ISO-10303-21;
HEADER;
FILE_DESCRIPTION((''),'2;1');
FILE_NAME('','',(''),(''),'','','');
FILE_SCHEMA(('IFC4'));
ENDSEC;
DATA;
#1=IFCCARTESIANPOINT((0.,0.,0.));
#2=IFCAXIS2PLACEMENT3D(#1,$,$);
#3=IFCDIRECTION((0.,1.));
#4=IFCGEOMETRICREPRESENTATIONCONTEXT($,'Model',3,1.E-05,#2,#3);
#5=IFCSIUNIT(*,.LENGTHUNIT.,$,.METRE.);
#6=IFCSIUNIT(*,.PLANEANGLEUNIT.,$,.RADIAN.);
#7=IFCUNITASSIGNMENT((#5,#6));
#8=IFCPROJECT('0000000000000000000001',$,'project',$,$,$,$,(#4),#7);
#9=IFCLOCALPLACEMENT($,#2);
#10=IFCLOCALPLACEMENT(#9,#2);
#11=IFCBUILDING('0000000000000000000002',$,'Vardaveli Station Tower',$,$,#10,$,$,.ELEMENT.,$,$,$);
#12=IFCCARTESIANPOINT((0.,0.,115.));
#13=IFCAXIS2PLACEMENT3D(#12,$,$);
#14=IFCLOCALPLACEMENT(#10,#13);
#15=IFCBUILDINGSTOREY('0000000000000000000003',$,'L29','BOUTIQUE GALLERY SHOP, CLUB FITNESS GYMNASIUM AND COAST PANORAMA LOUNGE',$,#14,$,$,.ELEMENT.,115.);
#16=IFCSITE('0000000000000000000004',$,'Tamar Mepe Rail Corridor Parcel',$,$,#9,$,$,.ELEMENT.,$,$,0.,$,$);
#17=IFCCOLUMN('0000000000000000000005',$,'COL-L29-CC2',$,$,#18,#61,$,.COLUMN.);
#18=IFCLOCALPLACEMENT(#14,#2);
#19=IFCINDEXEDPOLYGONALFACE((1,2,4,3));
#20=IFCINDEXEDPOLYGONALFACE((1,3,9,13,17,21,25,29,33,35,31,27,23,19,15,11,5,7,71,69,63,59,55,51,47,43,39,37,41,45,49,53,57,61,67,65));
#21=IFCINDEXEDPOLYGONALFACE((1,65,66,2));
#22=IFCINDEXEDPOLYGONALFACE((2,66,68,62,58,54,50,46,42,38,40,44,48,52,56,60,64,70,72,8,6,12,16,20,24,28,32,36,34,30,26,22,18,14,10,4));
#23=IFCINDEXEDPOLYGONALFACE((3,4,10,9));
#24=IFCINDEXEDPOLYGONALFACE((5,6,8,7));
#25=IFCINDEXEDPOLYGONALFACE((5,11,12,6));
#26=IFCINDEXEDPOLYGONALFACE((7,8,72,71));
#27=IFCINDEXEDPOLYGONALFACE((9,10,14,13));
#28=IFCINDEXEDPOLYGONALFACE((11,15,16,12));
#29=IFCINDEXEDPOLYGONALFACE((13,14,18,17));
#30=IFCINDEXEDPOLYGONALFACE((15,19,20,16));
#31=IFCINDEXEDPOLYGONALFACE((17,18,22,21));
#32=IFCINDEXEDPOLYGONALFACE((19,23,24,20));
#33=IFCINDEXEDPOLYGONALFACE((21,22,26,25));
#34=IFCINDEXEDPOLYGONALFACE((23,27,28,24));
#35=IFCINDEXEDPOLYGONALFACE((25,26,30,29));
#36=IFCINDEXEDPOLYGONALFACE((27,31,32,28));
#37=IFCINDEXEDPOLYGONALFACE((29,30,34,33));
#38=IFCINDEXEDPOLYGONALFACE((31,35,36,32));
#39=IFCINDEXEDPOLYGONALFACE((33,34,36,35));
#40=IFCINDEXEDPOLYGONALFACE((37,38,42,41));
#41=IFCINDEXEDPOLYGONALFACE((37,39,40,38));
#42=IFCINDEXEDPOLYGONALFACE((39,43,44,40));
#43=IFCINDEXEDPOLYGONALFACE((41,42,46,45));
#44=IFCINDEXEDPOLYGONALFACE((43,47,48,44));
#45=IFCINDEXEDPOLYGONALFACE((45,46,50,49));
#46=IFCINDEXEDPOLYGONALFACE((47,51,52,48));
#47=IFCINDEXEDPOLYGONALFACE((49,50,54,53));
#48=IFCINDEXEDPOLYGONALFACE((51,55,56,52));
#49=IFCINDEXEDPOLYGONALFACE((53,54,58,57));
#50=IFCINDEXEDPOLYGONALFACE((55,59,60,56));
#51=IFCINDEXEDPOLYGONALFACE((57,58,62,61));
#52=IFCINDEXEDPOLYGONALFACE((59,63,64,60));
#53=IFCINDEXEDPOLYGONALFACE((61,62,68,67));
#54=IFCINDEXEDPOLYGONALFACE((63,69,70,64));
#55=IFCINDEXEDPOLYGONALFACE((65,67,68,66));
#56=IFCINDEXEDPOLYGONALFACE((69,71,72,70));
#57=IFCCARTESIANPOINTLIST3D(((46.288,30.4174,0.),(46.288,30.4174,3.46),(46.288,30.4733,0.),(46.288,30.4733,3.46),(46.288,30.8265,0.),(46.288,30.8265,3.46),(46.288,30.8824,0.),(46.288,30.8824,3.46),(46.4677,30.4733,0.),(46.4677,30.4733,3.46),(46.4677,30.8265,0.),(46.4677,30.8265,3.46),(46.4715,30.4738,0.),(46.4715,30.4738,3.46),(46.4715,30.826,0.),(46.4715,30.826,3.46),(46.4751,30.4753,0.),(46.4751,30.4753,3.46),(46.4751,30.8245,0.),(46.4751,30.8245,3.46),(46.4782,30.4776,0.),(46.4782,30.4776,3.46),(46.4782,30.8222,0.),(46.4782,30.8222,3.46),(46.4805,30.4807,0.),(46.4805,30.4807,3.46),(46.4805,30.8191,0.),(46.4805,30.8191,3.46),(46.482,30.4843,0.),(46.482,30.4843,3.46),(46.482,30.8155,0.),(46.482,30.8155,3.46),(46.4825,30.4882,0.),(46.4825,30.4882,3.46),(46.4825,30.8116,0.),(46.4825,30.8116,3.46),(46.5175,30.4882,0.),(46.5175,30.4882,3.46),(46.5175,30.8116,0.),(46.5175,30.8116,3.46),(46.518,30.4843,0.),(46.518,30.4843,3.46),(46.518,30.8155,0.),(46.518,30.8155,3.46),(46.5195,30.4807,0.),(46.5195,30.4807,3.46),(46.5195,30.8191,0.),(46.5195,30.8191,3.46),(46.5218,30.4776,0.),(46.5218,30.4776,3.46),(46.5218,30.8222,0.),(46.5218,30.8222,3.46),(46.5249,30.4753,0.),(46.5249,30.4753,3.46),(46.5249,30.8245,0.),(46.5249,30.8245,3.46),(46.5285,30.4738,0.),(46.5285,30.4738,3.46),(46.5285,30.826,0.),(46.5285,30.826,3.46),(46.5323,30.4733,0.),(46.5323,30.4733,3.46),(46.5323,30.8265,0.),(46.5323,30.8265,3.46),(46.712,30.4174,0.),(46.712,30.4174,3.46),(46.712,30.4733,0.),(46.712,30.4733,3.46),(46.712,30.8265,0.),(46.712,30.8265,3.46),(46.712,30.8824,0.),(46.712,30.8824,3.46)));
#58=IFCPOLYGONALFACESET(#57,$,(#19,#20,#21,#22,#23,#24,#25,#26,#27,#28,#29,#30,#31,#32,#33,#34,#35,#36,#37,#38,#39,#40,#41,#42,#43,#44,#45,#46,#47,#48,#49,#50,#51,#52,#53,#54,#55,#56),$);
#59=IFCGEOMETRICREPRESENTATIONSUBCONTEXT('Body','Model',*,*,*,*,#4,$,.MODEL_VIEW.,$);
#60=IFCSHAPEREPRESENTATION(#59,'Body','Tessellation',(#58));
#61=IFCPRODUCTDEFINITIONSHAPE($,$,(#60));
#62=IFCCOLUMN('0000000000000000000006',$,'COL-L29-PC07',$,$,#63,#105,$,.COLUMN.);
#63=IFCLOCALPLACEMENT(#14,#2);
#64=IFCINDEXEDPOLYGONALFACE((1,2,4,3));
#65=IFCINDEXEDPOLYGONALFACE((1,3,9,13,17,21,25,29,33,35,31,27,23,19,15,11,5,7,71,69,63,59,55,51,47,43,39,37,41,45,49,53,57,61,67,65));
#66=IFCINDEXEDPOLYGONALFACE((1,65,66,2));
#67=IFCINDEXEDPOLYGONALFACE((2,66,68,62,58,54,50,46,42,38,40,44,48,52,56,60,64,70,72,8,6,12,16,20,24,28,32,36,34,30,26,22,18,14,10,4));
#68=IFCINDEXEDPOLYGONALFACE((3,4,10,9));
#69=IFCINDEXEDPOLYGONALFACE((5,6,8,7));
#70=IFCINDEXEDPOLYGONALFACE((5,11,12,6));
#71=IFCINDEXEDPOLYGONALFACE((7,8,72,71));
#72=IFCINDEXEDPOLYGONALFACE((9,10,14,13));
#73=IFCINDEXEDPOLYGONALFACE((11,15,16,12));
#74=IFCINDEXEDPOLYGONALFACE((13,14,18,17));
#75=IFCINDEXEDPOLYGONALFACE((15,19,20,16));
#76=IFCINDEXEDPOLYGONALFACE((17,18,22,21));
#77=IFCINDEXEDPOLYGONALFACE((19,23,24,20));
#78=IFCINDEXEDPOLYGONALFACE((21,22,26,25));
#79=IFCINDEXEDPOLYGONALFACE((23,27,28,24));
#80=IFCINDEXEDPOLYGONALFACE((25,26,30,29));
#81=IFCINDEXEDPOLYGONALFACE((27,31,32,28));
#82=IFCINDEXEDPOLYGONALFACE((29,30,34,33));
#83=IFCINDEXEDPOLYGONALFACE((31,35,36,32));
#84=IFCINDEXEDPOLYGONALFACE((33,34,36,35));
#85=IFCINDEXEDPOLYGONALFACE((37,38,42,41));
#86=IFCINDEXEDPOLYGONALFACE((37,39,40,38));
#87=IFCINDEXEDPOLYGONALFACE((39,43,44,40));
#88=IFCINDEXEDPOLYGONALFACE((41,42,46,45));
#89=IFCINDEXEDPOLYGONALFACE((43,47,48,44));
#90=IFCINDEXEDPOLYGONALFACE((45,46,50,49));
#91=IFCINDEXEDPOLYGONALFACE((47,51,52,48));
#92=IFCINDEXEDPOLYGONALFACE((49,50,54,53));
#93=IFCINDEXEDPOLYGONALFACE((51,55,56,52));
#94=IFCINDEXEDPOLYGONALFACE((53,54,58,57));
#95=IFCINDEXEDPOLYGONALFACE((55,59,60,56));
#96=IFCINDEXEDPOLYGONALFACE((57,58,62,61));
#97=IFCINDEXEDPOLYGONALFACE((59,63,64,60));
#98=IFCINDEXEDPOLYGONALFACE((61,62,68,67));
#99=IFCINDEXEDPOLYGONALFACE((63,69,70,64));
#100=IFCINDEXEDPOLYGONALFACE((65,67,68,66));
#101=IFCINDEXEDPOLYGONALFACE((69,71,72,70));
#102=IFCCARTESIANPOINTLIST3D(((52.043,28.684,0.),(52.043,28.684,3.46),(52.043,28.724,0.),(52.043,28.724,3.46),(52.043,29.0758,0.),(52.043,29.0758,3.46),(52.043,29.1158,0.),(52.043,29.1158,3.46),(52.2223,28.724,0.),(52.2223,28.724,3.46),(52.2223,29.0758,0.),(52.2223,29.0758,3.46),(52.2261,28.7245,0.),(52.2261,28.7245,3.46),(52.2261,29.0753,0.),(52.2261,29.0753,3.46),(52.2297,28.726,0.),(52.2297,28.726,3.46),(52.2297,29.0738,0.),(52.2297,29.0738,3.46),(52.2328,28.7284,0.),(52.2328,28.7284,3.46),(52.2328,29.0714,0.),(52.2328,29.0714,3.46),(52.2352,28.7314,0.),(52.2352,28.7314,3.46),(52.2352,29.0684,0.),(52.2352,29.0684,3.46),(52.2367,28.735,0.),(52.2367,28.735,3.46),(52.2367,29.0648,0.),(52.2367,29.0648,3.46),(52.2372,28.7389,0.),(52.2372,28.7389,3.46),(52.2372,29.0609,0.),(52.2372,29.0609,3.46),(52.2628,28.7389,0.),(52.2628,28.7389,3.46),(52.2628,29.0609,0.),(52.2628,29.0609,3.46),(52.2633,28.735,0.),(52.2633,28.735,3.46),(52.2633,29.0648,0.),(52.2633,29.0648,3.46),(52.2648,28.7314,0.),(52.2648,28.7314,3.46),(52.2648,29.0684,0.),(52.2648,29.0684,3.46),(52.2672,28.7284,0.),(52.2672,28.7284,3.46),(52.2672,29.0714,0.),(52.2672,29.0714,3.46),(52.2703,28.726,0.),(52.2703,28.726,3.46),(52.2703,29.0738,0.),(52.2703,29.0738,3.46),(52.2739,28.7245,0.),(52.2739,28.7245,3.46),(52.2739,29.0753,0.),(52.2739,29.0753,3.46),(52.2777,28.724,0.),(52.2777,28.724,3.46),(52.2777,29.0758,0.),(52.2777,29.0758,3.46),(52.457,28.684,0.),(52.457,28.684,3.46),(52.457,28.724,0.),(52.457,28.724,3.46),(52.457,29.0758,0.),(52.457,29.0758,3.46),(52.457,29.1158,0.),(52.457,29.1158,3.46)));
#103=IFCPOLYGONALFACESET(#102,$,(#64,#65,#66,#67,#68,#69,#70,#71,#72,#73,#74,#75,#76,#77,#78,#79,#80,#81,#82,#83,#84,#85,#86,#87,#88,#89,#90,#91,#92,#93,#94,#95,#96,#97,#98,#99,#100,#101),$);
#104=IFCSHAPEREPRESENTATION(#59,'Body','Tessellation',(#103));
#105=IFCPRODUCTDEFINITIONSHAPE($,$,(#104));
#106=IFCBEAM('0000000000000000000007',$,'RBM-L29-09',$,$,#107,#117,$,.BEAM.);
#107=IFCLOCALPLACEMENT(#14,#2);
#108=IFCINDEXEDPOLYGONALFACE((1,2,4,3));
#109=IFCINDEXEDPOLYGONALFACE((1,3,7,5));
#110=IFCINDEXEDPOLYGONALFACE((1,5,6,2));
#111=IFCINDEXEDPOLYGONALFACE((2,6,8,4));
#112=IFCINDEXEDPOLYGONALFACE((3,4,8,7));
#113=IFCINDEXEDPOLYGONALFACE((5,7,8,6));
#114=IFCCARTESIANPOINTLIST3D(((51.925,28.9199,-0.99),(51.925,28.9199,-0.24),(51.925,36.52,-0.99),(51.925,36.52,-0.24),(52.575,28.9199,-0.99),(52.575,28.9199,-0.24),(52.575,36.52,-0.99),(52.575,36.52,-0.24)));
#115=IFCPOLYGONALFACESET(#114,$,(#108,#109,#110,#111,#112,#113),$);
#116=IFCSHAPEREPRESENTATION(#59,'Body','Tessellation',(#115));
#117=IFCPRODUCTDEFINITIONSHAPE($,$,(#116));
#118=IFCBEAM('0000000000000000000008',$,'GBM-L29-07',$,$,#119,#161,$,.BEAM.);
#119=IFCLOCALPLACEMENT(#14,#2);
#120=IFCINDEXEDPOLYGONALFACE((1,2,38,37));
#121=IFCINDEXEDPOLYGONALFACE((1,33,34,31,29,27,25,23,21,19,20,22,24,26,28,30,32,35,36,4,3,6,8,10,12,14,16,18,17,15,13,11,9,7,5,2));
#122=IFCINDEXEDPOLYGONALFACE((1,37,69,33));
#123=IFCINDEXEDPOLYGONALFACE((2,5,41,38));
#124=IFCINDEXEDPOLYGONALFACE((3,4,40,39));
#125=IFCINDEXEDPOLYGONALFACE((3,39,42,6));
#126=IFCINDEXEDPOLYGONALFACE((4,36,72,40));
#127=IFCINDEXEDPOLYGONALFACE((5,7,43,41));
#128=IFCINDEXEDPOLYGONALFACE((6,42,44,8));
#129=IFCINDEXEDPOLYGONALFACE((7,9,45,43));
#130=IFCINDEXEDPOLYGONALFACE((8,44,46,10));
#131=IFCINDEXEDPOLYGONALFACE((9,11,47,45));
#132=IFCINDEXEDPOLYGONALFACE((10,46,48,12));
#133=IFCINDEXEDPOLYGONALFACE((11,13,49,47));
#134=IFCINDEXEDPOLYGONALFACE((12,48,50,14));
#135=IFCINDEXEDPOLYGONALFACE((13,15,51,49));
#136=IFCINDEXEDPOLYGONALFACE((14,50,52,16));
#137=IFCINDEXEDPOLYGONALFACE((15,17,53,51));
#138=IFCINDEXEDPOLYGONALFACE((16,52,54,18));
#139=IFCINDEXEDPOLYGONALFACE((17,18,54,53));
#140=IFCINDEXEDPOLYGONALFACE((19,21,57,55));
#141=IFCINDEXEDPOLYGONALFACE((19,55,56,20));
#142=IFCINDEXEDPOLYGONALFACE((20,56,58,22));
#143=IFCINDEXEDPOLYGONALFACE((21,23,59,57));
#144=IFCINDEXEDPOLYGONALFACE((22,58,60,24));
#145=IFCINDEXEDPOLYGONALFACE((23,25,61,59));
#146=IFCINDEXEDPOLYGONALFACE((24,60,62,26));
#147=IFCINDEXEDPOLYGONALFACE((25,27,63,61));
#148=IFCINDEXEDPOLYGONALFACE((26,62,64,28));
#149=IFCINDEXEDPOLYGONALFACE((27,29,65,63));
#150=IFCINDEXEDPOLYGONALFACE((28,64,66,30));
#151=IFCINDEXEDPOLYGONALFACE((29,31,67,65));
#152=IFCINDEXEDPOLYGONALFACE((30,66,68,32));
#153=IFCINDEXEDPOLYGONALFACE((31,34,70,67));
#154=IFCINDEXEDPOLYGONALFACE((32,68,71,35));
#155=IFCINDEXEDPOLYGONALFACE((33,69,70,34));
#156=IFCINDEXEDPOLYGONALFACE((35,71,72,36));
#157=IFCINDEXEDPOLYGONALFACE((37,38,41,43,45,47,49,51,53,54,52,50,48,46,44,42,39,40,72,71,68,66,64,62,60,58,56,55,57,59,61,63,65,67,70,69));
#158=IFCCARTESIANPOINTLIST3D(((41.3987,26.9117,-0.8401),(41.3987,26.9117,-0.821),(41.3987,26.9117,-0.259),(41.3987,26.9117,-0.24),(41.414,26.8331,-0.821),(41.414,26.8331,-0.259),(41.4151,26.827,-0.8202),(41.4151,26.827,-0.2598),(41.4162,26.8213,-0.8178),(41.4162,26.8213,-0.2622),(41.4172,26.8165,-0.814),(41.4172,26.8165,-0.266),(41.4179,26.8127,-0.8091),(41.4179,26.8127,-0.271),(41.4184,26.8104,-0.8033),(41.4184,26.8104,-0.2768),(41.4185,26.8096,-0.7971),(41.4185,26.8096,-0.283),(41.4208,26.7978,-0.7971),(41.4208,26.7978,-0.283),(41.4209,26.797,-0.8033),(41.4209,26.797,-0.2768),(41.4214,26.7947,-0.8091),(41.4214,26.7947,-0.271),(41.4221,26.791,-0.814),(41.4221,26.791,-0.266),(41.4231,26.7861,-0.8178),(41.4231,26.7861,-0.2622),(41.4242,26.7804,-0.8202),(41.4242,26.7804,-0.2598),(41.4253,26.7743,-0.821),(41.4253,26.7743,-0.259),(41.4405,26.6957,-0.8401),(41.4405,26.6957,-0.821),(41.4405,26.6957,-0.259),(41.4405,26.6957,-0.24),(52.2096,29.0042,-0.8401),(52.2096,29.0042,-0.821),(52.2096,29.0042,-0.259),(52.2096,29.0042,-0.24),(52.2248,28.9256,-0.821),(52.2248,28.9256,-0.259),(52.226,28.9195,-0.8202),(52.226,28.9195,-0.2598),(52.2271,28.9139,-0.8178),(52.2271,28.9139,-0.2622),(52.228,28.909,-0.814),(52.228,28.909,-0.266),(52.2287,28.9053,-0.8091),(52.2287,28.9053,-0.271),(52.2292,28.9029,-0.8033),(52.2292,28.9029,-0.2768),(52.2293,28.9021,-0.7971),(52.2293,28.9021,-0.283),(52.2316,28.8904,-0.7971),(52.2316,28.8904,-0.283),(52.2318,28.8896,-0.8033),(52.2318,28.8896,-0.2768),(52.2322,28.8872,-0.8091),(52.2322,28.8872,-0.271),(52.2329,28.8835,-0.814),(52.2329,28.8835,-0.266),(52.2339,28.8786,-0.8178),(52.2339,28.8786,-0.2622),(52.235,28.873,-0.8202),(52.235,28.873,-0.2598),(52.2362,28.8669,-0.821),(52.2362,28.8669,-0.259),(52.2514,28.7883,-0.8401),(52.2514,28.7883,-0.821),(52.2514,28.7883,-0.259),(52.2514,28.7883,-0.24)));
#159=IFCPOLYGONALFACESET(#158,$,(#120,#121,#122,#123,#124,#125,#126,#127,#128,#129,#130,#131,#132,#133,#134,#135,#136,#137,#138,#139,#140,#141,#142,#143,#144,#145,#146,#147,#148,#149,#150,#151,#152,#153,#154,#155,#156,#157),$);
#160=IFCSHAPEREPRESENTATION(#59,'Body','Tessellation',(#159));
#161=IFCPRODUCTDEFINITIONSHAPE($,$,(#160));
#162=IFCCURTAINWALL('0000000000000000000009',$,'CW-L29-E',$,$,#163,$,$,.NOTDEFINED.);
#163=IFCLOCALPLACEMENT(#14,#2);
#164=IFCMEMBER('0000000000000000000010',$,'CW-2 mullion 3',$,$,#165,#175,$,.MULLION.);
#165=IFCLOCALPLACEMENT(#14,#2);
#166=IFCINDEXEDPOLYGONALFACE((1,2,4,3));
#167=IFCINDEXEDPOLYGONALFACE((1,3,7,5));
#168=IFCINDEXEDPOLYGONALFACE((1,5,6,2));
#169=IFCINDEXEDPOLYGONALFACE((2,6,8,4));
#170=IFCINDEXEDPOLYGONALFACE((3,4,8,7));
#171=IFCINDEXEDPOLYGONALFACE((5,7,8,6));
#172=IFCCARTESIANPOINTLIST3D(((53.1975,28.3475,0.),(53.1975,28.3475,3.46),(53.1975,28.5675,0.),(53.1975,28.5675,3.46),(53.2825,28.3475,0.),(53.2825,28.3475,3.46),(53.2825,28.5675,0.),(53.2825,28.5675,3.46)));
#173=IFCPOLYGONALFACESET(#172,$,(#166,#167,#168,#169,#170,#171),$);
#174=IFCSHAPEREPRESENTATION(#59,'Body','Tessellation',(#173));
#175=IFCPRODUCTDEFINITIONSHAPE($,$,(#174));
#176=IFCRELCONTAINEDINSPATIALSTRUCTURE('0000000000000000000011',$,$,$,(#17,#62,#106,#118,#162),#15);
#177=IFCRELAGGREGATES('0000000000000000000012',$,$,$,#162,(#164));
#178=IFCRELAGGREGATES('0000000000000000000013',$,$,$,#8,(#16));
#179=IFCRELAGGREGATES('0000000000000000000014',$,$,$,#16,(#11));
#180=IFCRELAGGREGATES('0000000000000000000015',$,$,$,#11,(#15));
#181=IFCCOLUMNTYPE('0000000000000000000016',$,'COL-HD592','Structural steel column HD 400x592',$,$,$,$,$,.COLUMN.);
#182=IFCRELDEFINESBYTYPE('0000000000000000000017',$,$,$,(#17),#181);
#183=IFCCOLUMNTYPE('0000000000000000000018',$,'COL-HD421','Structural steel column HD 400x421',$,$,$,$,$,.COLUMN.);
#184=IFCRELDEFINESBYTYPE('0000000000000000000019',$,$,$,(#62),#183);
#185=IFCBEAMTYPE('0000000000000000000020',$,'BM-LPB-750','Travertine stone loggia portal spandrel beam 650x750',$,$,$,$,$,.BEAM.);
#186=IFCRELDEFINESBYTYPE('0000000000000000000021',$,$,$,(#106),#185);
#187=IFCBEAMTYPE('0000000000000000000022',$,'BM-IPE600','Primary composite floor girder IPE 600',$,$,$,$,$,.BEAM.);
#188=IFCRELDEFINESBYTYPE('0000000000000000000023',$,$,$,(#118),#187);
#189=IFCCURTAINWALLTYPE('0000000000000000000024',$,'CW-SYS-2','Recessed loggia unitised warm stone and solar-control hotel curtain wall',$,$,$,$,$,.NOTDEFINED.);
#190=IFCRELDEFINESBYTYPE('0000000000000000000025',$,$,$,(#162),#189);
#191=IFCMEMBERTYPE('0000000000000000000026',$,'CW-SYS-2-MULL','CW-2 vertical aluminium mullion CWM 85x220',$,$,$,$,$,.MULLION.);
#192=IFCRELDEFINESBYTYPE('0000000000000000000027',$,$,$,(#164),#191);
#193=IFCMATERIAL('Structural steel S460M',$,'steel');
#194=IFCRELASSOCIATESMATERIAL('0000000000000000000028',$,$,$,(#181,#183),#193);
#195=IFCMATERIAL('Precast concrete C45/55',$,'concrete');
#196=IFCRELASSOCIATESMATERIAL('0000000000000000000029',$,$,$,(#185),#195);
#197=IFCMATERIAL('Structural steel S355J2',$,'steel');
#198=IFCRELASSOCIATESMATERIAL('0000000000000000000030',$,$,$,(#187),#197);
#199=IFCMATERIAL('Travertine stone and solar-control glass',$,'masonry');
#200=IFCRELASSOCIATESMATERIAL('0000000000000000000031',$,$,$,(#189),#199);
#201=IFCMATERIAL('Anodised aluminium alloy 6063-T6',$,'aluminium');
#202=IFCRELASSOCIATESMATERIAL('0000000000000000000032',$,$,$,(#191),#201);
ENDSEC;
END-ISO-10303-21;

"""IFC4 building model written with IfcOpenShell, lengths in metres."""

from ifc_helpers import new_model, si_unit, direction, frame, origin, origin_2d, place, context, subcontext, project, spatial, rectangle, i_section, extrude, source, transform, mapped, material, material_profile, profile_set, type_object, element, aggregate, save


model = new_model("IFC4")

# Units and contexts
model_context = context("Model", 3, precision=1e-05, world=origin(), true_north=direction((0.0, 1.0)))
body_context = subcontext(model_context, "Body", "Model", "MODEL_VIEW")
ifc_project = project(units=[si_unit("LENGTHUNIT", "METRE"), si_unit("PLANEANGLEUNIT", "RADIAN")], contexts=[model_context])

# Site, building, storey
site_placement = place(None, origin())
site = spatial("IfcSite", under=ifc_project, at=site_placement, Name="Tamar Mepe Rail Corridor Parcel", CompositionType="ELEMENT", RefElevation=0.0)
building_placement = place(site_placement, origin())
building = spatial("IfcBuilding", under=site, at=building_placement, Name="Vardaveli Station Tower", CompositionType="ELEMENT")
storey_placement = place(building_placement, frame((0.0, 0.0, 115.0)))
storey = spatial("IfcBuildingStorey", under=building, at=storey_placement, Name="L29", Description="BOUTIQUE GALLERY SHOP, CLUB FITNESS GYMNASIUM AND COAST PANORAMA LOUNGE", CompositionType="ELEMENT", Elevation=115.0)

# Columns
ifc_material_1 = material(Name="Structural steel S460M", Category="steel")
ifc_material_profile_1 = material_profile(ifc_material_1, i_section(OverallWidth=0.4241, OverallDepth=0.4651, WebThickness=0.0349, FlangeThickness=0.0559, FilletRadius=0.0149, at=origin_2d()), Name="HD 400x592")
ifc_profile_set_1 = profile_set([ifc_material_profile_1], Name="Structural steel S460M")
column_type_1 = type_object("IfcColumnType", Name="COL-HD592", Description="Structural steel column HD 400x592", PredefinedType="COLUMN", material=ifc_profile_set_1)
shared_shape_1 = source(origin(), body_context, "Body", "SweptSolid", [
    extrude(i_section(OverallWidth=0.4241, OverallDepth=0.4651, WebThickness=0.0349, FlangeThickness=0.0559, FilletRadius=0.0149, at=origin_2d()), origin(), (0.0, 0.0, 1.0), 3.46),
])
column_1_placement = place(storey_placement, frame((46.5, 30.6499, 0.0), z_axis=(0.0, 0.0, 1.0), x_axis=(1.0, 0.0, 0.0)))
element("IfcColumn", 1, at=column_1_placement, inside=storey, type_object=column_type_1, Name="COL-L29-CC2", PredefinedType="COLUMN", context=body_context, shape_type="MappedRepresentation", body=[
    mapped(shared_shape_1, transform((0.0, 0.0, 0.0), scale=1.0)),
])
ifc_material_profile_2 = material_profile(ifc_material_1, i_section(OverallWidth=0.4141, OverallDepth=0.4319, WebThickness=0.0256, FlangeThickness=0.04, FilletRadius=0.0149, at=origin_2d()), Name="HD 400x421")
ifc_profile_set_2 = profile_set([ifc_material_profile_2], Name="Structural steel S460M")
column_type_2 = type_object("IfcColumnType", Name="COL-HD421", Description="Structural steel column HD 400x421", PredefinedType="COLUMN", material=ifc_profile_set_2)
shared_shape_2 = source(origin(), body_context, "Body", "SweptSolid", [
    extrude(i_section(OverallWidth=0.4141, OverallDepth=0.4319, WebThickness=0.0256, FlangeThickness=0.04, FilletRadius=0.0149, at=origin_2d()), origin(), (0.0, 0.0, 1.0), 3.46),
])
column_2_placement = place(storey_placement, frame((52.25, 28.8999, 0.0), z_axis=(0.0, 0.0, 1.0), x_axis=(1.0, 0.0, 0.0)))
element("IfcColumn", 2, at=column_2_placement, inside=storey, type_object=column_type_2, Name="COL-L29-PC07", PredefinedType="COLUMN", context=body_context, shape_type="MappedRepresentation", body=[
    mapped(shared_shape_2, transform((0.0, 0.0, 0.0), scale=1.0)),
])

# Beams
ifc_material_2 = material(Name="Precast concrete C45/55", Category="concrete")
ifc_material_profile_3 = material_profile(ifc_material_2, rectangle(XDim=0.6499, YDim=0.75, at=origin_2d()), Name="LPB 650x750")
ifc_profile_set_3 = profile_set([ifc_material_profile_3], Name="Precast concrete C45/55")
beam_type_1 = type_object("IfcBeamType", Name="BM-LPB-750", Description="Travertine stone loggia portal spandrel beam 650x750", PredefinedType="BEAM", material=ifc_profile_set_3)
shared_shape_3 = source(origin(), body_context, "Body", "SweptSolid", [
    extrude(rectangle(XDim=0.6499, YDim=0.75, at=origin_2d()), origin(), (0.0, 0.0, 1.0), 7.6001),
])
beam_1_placement = place(storey_placement, frame((52.25, 28.9199, -0.615), z_axis=(0.0, 1.0, 0.0), x_axis=(-1.0, 0.0, 0.0)))
element("IfcBeam", 3, at=beam_1_placement, inside=storey, type_object=beam_type_1, Name="RBM-L29-09", PredefinedType="BEAM", context=body_context, shape_type="MappedRepresentation", body=[
    mapped(shared_shape_3, transform((0.0, 0.0, 0.0), scale=1.0)),
])
ifc_material_3 = material(Name="Structural steel S355J2", Category="steel")
ifc_material_profile_4 = material_profile(ifc_material_3, i_section(OverallWidth=0.22, OverallDepth=0.6001, WebThickness=0.012, FlangeThickness=0.019, FilletRadius=0.0239, at=origin_2d()), Name="IPE 600")
ifc_profile_set_4 = profile_set([ifc_material_profile_4], Name="Structural steel S355J2")
beam_type_2 = type_object("IfcBeamType", Name="BM-IPE600", Description="Primary composite floor girder IPE 600", PredefinedType="BEAM", material=ifc_profile_set_4)
shared_shape_4 = source(origin(), body_context, "Body", "SweptSolid", [
    extrude(i_section(OverallWidth=0.22, OverallDepth=0.6001, WebThickness=0.012, FlangeThickness=0.019, FilletRadius=0.0239, at=origin_2d()), origin(), (0.0, 0.0, 1.0), 11.0115),
])
beam_2_placement = place(storey_placement, frame((52.2305, 28.8962, -0.54), z_axis=(-0.981778, -0.190032, 0.0), x_axis=(0.190032, -0.981778, 0.0)))
element("IfcBeam", 4, at=beam_2_placement, inside=storey, type_object=beam_type_2, Name="GBM-L29-07", PredefinedType="BEAM", context=body_context, shape_type="MappedRepresentation", body=[
    mapped(shared_shape_4, transform((0.0, 0.0, 0.0), scale=1.0)),
])

# Curtain wall, member
ifc_material_4 = material(Name="Travertine stone and solar-control glass", Category="masonry")
curtain_wall_type = type_object("IfcCurtainWallType", Name="CW-SYS-2", Description="Recessed loggia unitised warm stone and solar-control hotel curtain wall", PredefinedType="NOTDEFINED", material=ifc_material_4)
curtain_wall_placement = place(storey_placement, origin())
curtain_wall = element("IfcCurtainWall", 5, at=curtain_wall_placement, inside=storey, type_object=curtain_wall_type, Name="CW-L29-E", PredefinedType="NOTDEFINED")
ifc_material_5 = material(Name="Anodised aluminium alloy 6063-T6", Category="aluminium")
ifc_material_profile_5 = material_profile(ifc_material_5, rectangle(XDim=0.085, YDim=0.22, at=origin_2d()), Name="CWM 85x220")
ifc_profile_set_5 = profile_set([ifc_material_profile_5], Name="Anodised aluminium alloy 6063-T6")
member_type = type_object("IfcMemberType", Name="CW-SYS-2-MULL", Description="CW-2 vertical aluminium mullion CWM 85x220", PredefinedType="MULLION", material=ifc_profile_set_5)
shared_shape_5 = source(origin(), body_context, "Body", "SweptSolid", [
    extrude(rectangle(XDim=0.085, YDim=0.22, at=origin_2d()), origin(), (0.0, 0.0, 1.0), 3.46),
])
member_placement = place(storey_placement, frame((53.24, 28.4575, 0.0), z_axis=(0.0, 0.0, 1.0), x_axis=(-1.0, 0.0, 0.0)))
member = element("IfcMember", 6, at=member_placement, type_object=member_type, Name="CW-2 mullion 3", PredefinedType="MULLION", context=body_context, shape_type="MappedRepresentation", body=[
    mapped(shared_shape_5, transform((0.0, 0.0, 0.0), scale=1.0)),
])
aggregate(curtain_wall, [member])

save(model, "model.ifc")
